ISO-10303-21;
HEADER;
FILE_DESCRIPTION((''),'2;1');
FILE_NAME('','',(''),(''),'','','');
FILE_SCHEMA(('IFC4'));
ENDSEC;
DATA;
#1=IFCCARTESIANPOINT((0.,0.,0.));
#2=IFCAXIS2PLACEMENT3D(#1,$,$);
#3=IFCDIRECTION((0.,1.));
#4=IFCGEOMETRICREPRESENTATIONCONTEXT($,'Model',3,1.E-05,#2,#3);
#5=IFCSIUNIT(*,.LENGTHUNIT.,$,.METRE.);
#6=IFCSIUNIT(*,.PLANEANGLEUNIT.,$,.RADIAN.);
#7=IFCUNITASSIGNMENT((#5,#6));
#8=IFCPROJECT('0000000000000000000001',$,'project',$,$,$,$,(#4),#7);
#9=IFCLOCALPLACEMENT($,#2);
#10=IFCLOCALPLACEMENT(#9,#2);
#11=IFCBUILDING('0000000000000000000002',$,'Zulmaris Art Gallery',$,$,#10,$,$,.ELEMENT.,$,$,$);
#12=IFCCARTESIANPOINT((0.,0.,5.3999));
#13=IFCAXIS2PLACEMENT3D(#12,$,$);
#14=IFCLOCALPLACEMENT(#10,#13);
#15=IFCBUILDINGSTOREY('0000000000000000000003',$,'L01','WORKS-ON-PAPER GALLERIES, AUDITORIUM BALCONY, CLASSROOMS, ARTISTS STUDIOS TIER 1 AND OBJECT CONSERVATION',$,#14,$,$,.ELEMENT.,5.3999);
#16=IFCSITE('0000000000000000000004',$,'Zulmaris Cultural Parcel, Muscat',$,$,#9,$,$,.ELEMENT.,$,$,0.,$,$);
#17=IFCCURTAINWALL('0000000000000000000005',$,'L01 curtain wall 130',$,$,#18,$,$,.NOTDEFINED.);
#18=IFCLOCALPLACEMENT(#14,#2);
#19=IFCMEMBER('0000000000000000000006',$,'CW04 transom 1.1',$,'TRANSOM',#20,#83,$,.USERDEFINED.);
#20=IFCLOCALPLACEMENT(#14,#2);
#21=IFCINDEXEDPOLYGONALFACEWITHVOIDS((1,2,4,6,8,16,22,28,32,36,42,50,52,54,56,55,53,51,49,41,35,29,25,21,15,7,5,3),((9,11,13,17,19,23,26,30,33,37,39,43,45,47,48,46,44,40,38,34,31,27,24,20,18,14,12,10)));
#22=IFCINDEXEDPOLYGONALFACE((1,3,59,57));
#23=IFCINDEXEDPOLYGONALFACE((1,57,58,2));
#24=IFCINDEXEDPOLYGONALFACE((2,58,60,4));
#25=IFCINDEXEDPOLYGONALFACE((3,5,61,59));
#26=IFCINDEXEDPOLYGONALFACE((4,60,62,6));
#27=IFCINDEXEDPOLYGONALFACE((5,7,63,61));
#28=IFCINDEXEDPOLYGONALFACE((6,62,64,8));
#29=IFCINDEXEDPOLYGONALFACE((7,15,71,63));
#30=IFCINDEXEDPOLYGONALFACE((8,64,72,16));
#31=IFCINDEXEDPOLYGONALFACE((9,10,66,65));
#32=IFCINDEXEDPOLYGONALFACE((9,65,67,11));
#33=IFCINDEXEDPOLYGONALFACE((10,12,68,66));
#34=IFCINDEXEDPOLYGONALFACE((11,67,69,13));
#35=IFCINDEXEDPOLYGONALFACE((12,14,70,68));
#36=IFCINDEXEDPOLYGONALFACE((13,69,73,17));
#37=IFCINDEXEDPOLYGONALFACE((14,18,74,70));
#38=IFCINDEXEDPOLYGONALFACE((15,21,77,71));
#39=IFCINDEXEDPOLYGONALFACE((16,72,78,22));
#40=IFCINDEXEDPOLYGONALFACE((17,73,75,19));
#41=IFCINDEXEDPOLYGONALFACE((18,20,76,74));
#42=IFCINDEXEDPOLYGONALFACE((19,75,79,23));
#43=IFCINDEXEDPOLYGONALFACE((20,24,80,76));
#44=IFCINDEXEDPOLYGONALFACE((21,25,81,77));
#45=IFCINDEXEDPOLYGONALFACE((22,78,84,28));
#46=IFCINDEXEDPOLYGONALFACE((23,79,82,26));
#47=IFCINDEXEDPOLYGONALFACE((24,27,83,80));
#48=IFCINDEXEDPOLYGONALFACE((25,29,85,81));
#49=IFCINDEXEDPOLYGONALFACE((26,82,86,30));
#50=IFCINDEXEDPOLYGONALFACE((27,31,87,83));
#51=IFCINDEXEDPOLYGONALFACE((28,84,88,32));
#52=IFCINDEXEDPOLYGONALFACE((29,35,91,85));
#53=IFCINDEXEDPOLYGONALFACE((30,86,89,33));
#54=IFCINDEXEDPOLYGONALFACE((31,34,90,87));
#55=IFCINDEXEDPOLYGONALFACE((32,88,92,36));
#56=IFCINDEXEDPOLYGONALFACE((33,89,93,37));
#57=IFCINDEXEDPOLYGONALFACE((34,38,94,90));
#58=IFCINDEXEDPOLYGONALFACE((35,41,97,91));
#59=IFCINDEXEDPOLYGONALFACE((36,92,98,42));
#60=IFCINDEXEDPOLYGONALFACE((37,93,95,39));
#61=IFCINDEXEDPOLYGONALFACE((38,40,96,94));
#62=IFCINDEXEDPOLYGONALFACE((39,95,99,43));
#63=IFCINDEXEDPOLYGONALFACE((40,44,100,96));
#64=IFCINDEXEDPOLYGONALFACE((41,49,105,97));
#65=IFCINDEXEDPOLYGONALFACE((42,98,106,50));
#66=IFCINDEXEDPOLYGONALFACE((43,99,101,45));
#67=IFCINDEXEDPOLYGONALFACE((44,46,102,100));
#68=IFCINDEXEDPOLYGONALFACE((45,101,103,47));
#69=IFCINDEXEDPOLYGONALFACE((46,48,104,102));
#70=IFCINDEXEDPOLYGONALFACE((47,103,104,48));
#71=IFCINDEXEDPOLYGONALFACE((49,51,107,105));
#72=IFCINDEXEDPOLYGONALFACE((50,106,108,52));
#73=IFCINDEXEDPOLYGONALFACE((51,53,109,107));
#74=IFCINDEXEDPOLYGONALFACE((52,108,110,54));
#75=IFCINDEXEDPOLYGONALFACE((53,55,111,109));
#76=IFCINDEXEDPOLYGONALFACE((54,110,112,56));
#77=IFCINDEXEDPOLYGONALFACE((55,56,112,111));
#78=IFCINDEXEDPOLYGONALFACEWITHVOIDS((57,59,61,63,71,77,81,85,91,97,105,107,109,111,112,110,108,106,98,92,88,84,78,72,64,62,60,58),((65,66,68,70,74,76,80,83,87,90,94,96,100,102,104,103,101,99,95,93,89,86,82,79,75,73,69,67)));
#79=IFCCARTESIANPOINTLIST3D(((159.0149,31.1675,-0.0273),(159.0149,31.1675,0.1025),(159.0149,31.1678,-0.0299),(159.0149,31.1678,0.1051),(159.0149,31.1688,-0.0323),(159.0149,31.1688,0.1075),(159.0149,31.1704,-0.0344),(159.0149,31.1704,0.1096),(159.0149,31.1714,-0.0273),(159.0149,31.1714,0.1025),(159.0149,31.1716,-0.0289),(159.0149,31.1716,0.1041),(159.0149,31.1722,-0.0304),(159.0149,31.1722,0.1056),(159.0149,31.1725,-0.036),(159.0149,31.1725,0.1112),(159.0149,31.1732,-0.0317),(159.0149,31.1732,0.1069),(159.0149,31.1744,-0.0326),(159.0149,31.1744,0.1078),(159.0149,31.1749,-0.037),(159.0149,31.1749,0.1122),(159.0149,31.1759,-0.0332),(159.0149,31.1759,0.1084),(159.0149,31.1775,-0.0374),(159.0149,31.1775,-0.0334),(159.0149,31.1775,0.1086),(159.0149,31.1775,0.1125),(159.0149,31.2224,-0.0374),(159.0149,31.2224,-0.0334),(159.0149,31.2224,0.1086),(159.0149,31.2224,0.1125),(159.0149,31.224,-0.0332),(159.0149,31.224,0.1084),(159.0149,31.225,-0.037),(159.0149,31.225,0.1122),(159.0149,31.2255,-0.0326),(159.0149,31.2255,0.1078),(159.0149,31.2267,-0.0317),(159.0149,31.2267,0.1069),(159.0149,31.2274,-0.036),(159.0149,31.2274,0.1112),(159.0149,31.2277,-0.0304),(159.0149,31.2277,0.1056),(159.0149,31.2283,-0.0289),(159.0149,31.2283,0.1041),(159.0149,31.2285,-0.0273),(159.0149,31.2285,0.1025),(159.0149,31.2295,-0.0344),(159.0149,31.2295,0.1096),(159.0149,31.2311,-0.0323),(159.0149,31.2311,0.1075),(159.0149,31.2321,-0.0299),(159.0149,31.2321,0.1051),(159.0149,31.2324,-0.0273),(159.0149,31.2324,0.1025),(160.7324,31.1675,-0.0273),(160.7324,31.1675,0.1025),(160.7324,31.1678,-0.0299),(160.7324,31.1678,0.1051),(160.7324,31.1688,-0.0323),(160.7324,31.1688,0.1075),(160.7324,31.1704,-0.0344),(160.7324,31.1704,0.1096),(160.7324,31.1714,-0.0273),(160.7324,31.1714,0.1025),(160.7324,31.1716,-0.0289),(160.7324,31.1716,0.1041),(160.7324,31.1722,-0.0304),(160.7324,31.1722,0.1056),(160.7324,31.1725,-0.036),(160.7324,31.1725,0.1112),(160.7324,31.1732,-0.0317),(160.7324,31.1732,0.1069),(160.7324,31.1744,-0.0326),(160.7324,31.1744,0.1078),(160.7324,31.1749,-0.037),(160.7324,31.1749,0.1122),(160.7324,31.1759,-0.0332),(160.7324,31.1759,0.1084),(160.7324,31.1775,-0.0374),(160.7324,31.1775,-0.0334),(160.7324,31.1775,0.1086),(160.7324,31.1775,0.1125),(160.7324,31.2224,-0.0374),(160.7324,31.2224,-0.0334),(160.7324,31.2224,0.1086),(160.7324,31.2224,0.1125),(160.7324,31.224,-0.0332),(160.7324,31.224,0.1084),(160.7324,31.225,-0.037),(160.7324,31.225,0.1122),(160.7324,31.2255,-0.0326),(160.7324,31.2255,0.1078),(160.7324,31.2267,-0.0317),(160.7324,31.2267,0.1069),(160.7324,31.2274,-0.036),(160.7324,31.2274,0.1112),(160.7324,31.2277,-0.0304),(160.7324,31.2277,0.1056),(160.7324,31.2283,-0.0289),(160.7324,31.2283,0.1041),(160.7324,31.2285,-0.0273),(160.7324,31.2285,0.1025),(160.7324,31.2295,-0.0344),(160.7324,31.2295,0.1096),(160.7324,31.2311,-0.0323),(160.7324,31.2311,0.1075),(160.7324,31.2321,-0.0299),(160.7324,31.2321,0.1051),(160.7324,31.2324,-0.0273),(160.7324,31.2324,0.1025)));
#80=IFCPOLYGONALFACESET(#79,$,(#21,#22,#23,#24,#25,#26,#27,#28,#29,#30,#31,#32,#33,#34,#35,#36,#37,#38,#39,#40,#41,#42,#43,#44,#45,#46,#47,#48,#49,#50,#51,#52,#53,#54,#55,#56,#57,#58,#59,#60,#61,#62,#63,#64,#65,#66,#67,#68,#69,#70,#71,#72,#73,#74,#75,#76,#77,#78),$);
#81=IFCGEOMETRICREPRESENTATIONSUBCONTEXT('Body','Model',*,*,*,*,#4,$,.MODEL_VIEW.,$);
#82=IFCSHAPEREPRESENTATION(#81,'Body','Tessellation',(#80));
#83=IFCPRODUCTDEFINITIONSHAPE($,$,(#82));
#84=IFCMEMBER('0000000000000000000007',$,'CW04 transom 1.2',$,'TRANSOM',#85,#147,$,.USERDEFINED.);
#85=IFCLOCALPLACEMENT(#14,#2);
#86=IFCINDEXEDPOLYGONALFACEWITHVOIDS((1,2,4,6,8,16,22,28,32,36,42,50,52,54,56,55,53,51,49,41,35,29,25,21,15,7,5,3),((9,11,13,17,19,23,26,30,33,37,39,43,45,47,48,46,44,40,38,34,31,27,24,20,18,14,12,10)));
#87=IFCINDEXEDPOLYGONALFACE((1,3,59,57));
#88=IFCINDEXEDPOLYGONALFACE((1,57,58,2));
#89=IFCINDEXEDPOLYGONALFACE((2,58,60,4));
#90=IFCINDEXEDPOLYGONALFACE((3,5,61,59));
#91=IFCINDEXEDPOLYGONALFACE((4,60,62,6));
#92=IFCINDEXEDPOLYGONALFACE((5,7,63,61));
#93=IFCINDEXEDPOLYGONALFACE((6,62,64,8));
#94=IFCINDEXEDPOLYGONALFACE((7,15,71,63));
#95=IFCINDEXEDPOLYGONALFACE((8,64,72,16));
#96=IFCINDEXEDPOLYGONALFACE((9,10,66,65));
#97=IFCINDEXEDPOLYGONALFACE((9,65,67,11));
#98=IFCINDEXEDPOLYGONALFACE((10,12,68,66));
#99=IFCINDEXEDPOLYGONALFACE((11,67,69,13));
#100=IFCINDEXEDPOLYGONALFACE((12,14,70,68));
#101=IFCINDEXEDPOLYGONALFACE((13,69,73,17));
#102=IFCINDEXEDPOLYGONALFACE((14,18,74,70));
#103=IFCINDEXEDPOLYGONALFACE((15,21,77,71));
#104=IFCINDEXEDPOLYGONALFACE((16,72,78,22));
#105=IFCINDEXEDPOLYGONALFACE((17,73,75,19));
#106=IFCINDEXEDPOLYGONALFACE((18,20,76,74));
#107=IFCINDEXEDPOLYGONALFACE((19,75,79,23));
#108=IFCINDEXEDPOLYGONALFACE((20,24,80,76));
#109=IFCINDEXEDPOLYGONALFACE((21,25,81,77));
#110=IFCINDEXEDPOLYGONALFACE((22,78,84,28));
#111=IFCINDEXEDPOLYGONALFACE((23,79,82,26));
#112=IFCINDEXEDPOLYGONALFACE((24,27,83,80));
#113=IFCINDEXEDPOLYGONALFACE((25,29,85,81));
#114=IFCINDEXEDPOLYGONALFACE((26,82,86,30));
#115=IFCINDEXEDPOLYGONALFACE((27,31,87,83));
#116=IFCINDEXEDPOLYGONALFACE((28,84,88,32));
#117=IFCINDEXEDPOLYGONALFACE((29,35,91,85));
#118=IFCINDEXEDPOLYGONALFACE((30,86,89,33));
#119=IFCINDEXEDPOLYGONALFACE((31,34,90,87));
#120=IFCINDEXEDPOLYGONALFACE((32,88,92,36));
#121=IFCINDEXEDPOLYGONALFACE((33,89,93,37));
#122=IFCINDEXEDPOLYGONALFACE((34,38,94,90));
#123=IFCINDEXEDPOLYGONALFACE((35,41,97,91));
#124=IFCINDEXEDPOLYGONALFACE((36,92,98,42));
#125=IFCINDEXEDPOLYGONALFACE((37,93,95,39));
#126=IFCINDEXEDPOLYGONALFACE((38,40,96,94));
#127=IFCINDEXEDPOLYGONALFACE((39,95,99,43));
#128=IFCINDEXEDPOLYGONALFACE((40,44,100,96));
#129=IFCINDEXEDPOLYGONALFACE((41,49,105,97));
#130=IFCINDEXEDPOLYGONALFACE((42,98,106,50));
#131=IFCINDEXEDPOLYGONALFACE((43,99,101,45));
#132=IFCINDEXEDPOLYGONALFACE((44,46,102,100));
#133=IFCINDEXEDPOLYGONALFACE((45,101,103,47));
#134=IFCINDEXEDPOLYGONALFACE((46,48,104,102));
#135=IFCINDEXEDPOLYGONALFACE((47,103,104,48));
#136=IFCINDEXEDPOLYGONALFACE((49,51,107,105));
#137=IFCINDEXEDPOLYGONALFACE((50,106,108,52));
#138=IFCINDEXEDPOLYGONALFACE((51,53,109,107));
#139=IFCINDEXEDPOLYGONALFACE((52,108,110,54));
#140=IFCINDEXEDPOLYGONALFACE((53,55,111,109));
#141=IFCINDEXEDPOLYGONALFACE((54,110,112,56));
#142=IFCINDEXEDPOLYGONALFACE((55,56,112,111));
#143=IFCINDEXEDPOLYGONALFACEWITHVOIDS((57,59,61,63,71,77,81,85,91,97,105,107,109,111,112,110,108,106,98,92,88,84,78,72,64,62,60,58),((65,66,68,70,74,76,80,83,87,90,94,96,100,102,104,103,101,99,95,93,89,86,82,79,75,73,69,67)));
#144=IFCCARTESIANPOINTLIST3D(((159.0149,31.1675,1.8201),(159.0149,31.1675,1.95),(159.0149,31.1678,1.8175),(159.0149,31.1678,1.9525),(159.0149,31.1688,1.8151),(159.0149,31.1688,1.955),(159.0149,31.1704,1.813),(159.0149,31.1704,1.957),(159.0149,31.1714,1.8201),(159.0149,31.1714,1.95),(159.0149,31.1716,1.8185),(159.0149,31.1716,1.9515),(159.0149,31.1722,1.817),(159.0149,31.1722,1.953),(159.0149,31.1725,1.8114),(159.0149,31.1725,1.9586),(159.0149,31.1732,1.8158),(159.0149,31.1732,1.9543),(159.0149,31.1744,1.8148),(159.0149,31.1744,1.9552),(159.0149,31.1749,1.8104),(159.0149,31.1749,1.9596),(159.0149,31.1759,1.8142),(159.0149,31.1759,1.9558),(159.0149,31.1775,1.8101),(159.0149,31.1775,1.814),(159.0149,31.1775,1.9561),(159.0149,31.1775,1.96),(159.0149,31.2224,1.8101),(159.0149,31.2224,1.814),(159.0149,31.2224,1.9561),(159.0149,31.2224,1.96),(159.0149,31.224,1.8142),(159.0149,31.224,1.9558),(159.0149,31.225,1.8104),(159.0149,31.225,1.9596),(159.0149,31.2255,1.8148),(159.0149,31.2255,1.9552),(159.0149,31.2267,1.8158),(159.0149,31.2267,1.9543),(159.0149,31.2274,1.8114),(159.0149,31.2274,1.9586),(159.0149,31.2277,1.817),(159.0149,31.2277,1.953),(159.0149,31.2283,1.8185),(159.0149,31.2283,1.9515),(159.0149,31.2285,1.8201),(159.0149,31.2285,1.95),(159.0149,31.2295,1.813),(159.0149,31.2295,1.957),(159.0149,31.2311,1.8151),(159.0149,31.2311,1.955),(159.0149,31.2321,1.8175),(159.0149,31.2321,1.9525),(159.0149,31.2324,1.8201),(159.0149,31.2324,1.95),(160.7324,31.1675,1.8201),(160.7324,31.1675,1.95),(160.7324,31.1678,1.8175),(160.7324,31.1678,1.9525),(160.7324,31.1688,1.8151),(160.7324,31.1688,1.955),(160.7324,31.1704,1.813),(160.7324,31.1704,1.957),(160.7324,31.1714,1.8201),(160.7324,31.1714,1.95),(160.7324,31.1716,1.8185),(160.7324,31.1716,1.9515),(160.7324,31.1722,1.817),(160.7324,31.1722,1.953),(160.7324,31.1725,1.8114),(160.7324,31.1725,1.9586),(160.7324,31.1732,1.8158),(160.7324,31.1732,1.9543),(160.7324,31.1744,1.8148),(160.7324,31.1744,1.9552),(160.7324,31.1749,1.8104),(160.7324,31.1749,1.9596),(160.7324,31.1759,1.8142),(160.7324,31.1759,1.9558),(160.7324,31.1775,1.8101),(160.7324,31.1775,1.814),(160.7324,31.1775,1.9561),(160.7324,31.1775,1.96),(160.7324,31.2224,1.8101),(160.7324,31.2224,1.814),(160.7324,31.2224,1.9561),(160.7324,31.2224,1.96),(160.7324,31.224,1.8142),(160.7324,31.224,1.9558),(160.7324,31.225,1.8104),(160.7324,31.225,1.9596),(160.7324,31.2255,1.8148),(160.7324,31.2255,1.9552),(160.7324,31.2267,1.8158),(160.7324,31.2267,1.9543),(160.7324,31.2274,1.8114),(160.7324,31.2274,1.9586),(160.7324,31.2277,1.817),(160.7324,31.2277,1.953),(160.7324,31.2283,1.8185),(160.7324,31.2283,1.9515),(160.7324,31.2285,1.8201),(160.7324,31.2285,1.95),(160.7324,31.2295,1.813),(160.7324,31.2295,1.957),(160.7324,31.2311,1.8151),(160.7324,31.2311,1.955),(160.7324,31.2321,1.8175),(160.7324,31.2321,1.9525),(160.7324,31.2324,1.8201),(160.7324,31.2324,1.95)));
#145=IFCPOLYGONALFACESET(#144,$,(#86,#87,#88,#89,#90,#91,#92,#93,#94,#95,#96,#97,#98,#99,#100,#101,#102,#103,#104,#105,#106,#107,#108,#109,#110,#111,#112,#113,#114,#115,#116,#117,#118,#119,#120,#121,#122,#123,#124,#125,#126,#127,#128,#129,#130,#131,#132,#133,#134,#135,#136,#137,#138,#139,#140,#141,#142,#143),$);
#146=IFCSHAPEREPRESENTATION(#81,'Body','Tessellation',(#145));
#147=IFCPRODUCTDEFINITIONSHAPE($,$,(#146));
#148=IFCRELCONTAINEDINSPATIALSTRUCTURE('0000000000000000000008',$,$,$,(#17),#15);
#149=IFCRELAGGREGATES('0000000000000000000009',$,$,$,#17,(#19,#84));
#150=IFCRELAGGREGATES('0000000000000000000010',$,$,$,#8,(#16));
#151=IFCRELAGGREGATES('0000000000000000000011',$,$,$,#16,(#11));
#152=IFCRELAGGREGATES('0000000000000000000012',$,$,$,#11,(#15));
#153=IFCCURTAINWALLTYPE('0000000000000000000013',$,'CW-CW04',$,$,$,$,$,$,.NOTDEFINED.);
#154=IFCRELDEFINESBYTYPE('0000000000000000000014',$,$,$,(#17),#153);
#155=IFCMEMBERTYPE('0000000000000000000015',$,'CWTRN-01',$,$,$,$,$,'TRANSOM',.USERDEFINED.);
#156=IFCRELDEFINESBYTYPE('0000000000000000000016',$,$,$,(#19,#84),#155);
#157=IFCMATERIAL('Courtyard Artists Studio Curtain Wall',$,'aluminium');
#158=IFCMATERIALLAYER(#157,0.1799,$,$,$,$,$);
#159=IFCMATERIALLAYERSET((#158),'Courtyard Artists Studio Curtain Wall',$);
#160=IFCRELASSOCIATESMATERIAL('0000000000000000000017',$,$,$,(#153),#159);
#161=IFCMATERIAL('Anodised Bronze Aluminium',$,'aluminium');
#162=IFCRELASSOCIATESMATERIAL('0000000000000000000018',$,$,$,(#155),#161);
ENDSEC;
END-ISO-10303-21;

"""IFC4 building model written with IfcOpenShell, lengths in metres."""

from ifc_helpers import new_model, si_unit, direction, frame, origin, origin_2d, place, context, subcontext, project, spatial, hollow_rectangle, extrude, material, layer, layer_set, material_profile, profile_set, type_object, element, aggregate, save


model = new_model("IFC4")

# Units and contexts
model_context = context("Model", 3, precision=1e-05, world=origin(), true_north=direction((0.0, 1.0)))
body_context = subcontext(model_context, "Body", "Model", "MODEL_VIEW")
ifc_project = project(units=[si_unit("LENGTHUNIT", "METRE"), si_unit("PLANEANGLEUNIT", "RADIAN")], contexts=[model_context])

# Site, building, storey
site_placement = place(None, origin())
site = spatial("IfcSite", under=ifc_project, at=site_placement, Name="Zulmaris Cultural Parcel, Muscat", CompositionType="ELEMENT", RefElevation=0.0)
building_placement = place(site_placement, origin())
building = spatial("IfcBuilding", under=site, at=building_placement, Name="Zulmaris Art Gallery", CompositionType="ELEMENT")
storey_placement = place(building_placement, frame((0.0, 0.0, 5.3999)))
storey = spatial("IfcBuildingStorey", under=building, at=storey_placement, Name="L01", Description="WORKS-ON-PAPER GALLERIES, AUDITORIUM BALCONY, CLASSROOMS, ARTISTS STUDIOS TIER 1 AND OBJECT CONSERVATION", CompositionType="ELEMENT", Elevation=5.3999)

# Curtain wall, members
ifc_material_1 = material(Name="Courtyard Artists Studio Curtain Wall", Category="aluminium")
ifc_layer_1 = layer(ifc_material_1, 0.1799)
ifc_layer_set_1 = layer_set([ifc_layer_1], Name="Courtyard Artists Studio Curtain Wall")
curtain_wall_type = type_object("IfcCurtainWallType", Name="CW-CW04", PredefinedType="NOTDEFINED", material=ifc_layer_set_1)
curtain_wall_placement = place(storey_placement, origin())
curtain_wall = element("IfcCurtainWall", 1, at=curtain_wall_placement, inside=storey, type_object=curtain_wall_type, Name="L01 curtain wall 130", PredefinedType="NOTDEFINED")
ifc_material_2 = material(Name="Anodised Bronze Aluminium", Category="aluminium")
ifc_material_profile_1 = material_profile(ifc_material_2, hollow_rectangle(XDim=0.0649, YDim=0.1499, WallThickness=0.0039, InnerFilletRadius=0.0061, OuterFilletRadius=0.01, at=origin_2d()), Name="ALU 65x150x4")
ifc_profile_set_1 = profile_set([ifc_material_profile_1], Name="Anodised Bronze Aluminium")
member_type_1 = type_object("IfcMemberType", Name="CWTRN-01", ElementType="TRANSOM", PredefinedType="USERDEFINED", material=ifc_profile_set_1)
member_1_placement = place(storey_placement, frame((159.0149, 31.2, 0.0376), z_axis=(1.0, 0.0, 0.0), x_axis=(0.0, 1.0, 0.0)))
member_1 = element("IfcMember", 2, at=member_1_placement, type_object=member_type_1, Name="CW04 transom 1.1", ObjectType="TRANSOM", PredefinedType="USERDEFINED", context=body_context, shape_type="SweptSolid", body=[
    extrude(hollow_rectangle(XDim=0.0649, YDim=0.1499, WallThickness=0.0039, InnerFilletRadius=0.0061, OuterFilletRadius=0.01, at=origin_2d()), origin(), (0.0, 0.0, 1.0), 1.7175),
])
member_2_placement = place(storey_placement, frame((159.0149, 31.2, 1.885), z_axis=(1.0, 0.0, 0.0), x_axis=(0.0, 1.0, 0.0)))
member_2 = element("IfcMember", 3, at=member_2_placement, type_object=member_type_1, Name="CW04 transom 1.2", ObjectType="TRANSOM", PredefinedType="USERDEFINED", context=body_context, shape_type="SweptSolid", body=[
    extrude(hollow_rectangle(XDim=0.0649, YDim=0.1499, WallThickness=0.0039, InnerFilletRadius=0.0061, OuterFilletRadius=0.01, at=origin_2d()), origin(), (0.0, 0.0, 1.0), 1.7175),
])
aggregate(curtain_wall, [member_1, member_2])

save(model, "model.ifc")
